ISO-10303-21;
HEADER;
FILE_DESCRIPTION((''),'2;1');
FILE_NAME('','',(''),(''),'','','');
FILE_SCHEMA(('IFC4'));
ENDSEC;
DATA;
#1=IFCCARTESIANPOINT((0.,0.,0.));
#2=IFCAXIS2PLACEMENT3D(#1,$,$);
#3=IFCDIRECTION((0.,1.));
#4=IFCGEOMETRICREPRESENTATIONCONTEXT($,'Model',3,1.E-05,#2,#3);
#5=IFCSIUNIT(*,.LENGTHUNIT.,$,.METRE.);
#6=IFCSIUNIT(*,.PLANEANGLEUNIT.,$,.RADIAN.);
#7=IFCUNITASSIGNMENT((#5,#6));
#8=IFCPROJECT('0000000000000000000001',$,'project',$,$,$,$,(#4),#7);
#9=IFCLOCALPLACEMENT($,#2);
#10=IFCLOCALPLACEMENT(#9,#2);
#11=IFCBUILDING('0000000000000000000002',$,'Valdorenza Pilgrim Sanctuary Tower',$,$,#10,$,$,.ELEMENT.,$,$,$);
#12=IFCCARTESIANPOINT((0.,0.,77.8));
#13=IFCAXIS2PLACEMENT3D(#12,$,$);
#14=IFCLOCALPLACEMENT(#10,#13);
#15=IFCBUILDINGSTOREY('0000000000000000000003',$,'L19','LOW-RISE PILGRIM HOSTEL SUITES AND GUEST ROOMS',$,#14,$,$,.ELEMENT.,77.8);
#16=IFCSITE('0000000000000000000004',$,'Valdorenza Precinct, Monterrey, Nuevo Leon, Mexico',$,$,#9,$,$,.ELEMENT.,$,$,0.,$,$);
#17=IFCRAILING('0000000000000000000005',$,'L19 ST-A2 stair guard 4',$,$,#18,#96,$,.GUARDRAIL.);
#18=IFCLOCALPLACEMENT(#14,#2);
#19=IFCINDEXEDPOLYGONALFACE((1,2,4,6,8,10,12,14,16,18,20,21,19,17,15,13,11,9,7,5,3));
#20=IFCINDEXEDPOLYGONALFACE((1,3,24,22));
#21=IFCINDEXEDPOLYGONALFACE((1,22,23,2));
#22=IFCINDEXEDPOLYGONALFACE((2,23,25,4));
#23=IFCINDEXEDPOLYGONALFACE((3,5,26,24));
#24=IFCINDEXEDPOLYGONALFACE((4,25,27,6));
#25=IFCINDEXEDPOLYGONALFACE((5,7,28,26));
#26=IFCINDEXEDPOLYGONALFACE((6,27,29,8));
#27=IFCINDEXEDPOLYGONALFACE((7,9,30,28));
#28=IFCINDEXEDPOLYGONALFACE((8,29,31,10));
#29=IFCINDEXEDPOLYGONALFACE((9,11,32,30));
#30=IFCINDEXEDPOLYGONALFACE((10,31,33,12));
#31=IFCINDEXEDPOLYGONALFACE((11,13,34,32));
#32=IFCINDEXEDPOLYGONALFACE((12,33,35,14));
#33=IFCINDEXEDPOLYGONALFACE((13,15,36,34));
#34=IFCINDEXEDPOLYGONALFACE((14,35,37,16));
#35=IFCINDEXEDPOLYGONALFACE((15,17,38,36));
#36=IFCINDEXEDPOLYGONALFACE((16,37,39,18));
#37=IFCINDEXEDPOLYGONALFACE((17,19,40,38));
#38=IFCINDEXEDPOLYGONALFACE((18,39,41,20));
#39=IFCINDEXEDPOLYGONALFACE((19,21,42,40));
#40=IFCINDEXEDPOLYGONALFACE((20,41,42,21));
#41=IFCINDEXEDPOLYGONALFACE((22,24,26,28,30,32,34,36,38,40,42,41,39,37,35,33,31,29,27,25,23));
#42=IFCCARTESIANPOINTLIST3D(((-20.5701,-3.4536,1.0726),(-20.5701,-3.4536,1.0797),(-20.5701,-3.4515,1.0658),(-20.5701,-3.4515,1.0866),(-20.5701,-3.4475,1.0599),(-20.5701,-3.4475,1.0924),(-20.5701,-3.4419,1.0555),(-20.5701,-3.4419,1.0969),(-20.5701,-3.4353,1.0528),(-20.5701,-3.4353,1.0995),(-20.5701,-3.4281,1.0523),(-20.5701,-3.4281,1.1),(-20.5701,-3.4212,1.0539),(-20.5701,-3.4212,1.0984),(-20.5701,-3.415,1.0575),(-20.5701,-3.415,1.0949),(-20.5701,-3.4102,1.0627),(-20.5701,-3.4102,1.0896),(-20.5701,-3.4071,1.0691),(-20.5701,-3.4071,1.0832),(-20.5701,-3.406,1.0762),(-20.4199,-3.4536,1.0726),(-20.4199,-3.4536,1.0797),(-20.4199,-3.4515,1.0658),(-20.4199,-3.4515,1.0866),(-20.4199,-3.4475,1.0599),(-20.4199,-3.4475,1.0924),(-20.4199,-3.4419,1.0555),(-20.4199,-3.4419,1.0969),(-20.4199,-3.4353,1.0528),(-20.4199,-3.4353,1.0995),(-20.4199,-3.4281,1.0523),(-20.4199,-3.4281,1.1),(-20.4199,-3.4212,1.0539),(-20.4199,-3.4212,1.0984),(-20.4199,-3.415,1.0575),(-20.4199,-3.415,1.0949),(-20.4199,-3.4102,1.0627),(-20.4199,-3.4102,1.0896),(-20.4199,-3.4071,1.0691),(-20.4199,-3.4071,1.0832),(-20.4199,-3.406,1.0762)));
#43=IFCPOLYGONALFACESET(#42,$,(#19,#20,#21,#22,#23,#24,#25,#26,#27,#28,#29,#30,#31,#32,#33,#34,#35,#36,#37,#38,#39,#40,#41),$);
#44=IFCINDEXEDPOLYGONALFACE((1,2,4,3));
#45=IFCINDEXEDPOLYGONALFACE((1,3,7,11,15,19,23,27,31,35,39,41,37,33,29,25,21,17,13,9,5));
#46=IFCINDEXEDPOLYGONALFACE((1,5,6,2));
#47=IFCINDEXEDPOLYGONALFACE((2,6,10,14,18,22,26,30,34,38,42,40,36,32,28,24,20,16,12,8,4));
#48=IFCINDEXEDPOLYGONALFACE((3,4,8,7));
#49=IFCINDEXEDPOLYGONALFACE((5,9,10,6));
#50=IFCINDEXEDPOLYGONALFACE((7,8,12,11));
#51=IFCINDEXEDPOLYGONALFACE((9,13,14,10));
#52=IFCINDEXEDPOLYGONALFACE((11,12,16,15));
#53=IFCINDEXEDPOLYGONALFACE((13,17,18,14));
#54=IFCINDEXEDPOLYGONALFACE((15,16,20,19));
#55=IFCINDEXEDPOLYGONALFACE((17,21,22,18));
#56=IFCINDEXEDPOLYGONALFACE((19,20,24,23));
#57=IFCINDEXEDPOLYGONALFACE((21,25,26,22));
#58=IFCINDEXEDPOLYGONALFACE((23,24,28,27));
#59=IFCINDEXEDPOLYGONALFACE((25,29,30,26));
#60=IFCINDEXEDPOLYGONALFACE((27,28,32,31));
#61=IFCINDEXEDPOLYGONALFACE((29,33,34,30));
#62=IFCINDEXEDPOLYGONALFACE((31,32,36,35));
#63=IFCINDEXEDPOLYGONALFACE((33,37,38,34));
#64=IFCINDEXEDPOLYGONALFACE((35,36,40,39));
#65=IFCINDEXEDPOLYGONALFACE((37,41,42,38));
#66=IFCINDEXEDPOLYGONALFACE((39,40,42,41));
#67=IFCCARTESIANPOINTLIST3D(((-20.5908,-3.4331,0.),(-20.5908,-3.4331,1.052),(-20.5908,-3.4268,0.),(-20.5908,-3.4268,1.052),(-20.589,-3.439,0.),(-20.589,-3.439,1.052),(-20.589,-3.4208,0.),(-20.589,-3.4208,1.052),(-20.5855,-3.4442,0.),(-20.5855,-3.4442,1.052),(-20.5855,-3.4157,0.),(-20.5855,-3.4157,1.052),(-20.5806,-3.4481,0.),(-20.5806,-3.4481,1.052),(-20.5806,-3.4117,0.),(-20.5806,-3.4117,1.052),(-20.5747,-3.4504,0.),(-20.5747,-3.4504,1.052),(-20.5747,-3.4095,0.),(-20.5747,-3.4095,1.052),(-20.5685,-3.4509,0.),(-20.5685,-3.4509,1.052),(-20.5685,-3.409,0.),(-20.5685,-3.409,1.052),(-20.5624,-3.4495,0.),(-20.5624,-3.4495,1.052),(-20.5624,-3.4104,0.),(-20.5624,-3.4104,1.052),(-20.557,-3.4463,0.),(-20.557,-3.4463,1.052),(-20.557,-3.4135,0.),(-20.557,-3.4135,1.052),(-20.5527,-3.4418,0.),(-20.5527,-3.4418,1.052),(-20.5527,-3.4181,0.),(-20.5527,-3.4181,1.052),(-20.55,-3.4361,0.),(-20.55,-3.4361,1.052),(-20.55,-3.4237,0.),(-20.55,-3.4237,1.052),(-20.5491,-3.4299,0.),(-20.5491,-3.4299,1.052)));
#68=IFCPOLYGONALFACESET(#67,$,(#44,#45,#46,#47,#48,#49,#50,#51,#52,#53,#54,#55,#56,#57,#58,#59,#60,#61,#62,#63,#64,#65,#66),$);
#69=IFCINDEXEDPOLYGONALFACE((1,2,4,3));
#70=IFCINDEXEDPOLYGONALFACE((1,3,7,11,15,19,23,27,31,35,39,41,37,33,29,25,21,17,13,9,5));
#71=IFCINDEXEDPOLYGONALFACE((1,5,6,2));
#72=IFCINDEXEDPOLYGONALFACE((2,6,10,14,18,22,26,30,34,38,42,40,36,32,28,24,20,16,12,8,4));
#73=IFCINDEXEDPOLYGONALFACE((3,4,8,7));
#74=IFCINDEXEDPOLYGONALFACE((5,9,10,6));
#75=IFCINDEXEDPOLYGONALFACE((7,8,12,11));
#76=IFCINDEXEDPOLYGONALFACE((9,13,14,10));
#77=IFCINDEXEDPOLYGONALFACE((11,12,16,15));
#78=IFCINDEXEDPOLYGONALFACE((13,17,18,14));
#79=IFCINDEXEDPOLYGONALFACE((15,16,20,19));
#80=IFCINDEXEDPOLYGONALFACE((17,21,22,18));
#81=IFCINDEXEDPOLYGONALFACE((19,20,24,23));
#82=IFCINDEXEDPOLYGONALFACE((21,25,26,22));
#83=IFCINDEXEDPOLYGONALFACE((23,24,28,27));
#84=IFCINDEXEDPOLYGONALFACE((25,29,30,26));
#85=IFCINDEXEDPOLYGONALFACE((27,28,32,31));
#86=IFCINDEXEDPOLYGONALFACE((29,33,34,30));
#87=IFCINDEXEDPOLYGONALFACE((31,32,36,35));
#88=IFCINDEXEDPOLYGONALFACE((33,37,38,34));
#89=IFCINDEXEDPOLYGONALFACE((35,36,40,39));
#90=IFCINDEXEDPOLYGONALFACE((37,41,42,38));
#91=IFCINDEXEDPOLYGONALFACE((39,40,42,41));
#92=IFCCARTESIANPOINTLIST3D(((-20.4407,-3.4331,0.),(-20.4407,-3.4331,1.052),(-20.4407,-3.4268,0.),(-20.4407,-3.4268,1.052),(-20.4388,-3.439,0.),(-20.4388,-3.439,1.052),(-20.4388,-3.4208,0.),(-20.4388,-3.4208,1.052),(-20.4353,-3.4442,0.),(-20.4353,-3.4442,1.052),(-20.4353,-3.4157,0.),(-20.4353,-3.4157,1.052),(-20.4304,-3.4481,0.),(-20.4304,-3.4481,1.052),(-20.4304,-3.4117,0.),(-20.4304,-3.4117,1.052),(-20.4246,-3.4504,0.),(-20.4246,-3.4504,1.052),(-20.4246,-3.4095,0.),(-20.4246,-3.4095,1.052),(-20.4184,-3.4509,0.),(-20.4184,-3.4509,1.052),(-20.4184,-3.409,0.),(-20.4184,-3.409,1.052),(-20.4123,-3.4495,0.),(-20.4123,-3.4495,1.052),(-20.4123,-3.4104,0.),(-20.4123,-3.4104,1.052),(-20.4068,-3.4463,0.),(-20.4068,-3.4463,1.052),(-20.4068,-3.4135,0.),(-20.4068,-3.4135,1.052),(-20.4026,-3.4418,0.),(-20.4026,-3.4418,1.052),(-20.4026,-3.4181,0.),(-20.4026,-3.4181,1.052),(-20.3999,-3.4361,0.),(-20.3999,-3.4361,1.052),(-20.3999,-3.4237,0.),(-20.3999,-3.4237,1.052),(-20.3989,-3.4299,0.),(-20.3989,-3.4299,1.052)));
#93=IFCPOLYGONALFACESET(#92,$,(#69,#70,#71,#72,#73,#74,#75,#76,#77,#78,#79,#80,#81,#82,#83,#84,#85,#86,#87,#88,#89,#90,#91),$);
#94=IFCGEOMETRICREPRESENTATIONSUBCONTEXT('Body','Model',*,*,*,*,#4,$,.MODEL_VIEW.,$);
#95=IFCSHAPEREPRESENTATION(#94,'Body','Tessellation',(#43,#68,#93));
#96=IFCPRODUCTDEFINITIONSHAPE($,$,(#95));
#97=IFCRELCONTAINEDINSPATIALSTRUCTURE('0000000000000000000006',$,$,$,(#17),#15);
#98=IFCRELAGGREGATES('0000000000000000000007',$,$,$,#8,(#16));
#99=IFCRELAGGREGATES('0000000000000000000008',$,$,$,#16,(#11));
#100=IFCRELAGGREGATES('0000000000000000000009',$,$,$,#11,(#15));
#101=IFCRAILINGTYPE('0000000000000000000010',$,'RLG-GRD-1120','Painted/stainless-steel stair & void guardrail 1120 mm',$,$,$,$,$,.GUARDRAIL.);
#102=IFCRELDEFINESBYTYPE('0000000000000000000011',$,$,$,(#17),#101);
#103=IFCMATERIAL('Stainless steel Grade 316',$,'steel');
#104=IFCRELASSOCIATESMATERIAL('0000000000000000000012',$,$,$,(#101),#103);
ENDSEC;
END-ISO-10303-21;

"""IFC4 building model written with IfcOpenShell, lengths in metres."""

from ifc_helpers import new_model, si_unit, direction, frame, origin, origin_2d, place, context, subcontext, project, spatial, circle, extrude, material, type_object, element, save


model = new_model("IFC4")

# Units and contexts
model_context = context("Model", 3, precision=1e-05, world=origin(), true_north=direction((0.0, 1.0)))
body_context = subcontext(model_context, "Body", "Model", "MODEL_VIEW")
ifc_project = project(units=[si_unit("LENGTHUNIT", "METRE"), si_unit("PLANEANGLEUNIT", "RADIAN")], contexts=[model_context])

# Site, building, storey
site_placement = place(None, origin())
site = spatial("IfcSite", under=ifc_project, at=site_placement, Name="Valdorenza Precinct, Monterrey, Nuevo Leon, Mexico", CompositionType="ELEMENT", RefElevation=0.0)
building_placement = place(site_placement, origin())
building = spatial("IfcBuilding", under=site, at=building_placement, Name="Valdorenza Pilgrim Sanctuary Tower", CompositionType="ELEMENT")
storey_placement = place(building_placement, frame((0.0, 0.0, 77.8)))
storey = spatial("IfcBuildingStorey", under=building, at=storey_placement, Name="L19", Description="LOW-RISE PILGRIM HOSTEL SUITES AND GUEST ROOMS", CompositionType="ELEMENT", Elevation=77.8)

# Railing
ifc_material_1 = material(Name="Stainless steel Grade 316", Category="steel")
railing_type_1 = type_object("IfcRailingType", Name="RLG-GRD-1120", Description="Painted/stainless-steel stair & void guardrail 1120 mm", PredefinedType="GUARDRAIL", material=ifc_material_1)
railing_1_placement = place(storey_placement, frame((-20.5701, -3.4299, 0.0)))
element("IfcRailing", 1, at=railing_1_placement, inside=storey, type_object=railing_type_1, Name="L19 ST-A2 stair guard 4", PredefinedType="GUARDRAIL", context=body_context, shape_type="SweptSolid", body=[
    extrude(circle(Radius=0.0239, at=origin_2d()), frame((0.0, 0.0, 1.0762), z_axis=(1.0, 0.0, 0.0), x_axis=(0.0, 1.0, 0.0)), (0.0, 0.0, 1.0), 0.1501),
    extrude(circle(Radius=0.021, at=origin_2d()), origin(), (0.0, 0.0, 1.0), 1.052),
    extrude(circle(Radius=0.021, at=origin_2d()), frame((0.1501, 0.0, 0.0)), (0.0, 0.0, 1.0), 1.052),
])

save(model, "model.ifc")
